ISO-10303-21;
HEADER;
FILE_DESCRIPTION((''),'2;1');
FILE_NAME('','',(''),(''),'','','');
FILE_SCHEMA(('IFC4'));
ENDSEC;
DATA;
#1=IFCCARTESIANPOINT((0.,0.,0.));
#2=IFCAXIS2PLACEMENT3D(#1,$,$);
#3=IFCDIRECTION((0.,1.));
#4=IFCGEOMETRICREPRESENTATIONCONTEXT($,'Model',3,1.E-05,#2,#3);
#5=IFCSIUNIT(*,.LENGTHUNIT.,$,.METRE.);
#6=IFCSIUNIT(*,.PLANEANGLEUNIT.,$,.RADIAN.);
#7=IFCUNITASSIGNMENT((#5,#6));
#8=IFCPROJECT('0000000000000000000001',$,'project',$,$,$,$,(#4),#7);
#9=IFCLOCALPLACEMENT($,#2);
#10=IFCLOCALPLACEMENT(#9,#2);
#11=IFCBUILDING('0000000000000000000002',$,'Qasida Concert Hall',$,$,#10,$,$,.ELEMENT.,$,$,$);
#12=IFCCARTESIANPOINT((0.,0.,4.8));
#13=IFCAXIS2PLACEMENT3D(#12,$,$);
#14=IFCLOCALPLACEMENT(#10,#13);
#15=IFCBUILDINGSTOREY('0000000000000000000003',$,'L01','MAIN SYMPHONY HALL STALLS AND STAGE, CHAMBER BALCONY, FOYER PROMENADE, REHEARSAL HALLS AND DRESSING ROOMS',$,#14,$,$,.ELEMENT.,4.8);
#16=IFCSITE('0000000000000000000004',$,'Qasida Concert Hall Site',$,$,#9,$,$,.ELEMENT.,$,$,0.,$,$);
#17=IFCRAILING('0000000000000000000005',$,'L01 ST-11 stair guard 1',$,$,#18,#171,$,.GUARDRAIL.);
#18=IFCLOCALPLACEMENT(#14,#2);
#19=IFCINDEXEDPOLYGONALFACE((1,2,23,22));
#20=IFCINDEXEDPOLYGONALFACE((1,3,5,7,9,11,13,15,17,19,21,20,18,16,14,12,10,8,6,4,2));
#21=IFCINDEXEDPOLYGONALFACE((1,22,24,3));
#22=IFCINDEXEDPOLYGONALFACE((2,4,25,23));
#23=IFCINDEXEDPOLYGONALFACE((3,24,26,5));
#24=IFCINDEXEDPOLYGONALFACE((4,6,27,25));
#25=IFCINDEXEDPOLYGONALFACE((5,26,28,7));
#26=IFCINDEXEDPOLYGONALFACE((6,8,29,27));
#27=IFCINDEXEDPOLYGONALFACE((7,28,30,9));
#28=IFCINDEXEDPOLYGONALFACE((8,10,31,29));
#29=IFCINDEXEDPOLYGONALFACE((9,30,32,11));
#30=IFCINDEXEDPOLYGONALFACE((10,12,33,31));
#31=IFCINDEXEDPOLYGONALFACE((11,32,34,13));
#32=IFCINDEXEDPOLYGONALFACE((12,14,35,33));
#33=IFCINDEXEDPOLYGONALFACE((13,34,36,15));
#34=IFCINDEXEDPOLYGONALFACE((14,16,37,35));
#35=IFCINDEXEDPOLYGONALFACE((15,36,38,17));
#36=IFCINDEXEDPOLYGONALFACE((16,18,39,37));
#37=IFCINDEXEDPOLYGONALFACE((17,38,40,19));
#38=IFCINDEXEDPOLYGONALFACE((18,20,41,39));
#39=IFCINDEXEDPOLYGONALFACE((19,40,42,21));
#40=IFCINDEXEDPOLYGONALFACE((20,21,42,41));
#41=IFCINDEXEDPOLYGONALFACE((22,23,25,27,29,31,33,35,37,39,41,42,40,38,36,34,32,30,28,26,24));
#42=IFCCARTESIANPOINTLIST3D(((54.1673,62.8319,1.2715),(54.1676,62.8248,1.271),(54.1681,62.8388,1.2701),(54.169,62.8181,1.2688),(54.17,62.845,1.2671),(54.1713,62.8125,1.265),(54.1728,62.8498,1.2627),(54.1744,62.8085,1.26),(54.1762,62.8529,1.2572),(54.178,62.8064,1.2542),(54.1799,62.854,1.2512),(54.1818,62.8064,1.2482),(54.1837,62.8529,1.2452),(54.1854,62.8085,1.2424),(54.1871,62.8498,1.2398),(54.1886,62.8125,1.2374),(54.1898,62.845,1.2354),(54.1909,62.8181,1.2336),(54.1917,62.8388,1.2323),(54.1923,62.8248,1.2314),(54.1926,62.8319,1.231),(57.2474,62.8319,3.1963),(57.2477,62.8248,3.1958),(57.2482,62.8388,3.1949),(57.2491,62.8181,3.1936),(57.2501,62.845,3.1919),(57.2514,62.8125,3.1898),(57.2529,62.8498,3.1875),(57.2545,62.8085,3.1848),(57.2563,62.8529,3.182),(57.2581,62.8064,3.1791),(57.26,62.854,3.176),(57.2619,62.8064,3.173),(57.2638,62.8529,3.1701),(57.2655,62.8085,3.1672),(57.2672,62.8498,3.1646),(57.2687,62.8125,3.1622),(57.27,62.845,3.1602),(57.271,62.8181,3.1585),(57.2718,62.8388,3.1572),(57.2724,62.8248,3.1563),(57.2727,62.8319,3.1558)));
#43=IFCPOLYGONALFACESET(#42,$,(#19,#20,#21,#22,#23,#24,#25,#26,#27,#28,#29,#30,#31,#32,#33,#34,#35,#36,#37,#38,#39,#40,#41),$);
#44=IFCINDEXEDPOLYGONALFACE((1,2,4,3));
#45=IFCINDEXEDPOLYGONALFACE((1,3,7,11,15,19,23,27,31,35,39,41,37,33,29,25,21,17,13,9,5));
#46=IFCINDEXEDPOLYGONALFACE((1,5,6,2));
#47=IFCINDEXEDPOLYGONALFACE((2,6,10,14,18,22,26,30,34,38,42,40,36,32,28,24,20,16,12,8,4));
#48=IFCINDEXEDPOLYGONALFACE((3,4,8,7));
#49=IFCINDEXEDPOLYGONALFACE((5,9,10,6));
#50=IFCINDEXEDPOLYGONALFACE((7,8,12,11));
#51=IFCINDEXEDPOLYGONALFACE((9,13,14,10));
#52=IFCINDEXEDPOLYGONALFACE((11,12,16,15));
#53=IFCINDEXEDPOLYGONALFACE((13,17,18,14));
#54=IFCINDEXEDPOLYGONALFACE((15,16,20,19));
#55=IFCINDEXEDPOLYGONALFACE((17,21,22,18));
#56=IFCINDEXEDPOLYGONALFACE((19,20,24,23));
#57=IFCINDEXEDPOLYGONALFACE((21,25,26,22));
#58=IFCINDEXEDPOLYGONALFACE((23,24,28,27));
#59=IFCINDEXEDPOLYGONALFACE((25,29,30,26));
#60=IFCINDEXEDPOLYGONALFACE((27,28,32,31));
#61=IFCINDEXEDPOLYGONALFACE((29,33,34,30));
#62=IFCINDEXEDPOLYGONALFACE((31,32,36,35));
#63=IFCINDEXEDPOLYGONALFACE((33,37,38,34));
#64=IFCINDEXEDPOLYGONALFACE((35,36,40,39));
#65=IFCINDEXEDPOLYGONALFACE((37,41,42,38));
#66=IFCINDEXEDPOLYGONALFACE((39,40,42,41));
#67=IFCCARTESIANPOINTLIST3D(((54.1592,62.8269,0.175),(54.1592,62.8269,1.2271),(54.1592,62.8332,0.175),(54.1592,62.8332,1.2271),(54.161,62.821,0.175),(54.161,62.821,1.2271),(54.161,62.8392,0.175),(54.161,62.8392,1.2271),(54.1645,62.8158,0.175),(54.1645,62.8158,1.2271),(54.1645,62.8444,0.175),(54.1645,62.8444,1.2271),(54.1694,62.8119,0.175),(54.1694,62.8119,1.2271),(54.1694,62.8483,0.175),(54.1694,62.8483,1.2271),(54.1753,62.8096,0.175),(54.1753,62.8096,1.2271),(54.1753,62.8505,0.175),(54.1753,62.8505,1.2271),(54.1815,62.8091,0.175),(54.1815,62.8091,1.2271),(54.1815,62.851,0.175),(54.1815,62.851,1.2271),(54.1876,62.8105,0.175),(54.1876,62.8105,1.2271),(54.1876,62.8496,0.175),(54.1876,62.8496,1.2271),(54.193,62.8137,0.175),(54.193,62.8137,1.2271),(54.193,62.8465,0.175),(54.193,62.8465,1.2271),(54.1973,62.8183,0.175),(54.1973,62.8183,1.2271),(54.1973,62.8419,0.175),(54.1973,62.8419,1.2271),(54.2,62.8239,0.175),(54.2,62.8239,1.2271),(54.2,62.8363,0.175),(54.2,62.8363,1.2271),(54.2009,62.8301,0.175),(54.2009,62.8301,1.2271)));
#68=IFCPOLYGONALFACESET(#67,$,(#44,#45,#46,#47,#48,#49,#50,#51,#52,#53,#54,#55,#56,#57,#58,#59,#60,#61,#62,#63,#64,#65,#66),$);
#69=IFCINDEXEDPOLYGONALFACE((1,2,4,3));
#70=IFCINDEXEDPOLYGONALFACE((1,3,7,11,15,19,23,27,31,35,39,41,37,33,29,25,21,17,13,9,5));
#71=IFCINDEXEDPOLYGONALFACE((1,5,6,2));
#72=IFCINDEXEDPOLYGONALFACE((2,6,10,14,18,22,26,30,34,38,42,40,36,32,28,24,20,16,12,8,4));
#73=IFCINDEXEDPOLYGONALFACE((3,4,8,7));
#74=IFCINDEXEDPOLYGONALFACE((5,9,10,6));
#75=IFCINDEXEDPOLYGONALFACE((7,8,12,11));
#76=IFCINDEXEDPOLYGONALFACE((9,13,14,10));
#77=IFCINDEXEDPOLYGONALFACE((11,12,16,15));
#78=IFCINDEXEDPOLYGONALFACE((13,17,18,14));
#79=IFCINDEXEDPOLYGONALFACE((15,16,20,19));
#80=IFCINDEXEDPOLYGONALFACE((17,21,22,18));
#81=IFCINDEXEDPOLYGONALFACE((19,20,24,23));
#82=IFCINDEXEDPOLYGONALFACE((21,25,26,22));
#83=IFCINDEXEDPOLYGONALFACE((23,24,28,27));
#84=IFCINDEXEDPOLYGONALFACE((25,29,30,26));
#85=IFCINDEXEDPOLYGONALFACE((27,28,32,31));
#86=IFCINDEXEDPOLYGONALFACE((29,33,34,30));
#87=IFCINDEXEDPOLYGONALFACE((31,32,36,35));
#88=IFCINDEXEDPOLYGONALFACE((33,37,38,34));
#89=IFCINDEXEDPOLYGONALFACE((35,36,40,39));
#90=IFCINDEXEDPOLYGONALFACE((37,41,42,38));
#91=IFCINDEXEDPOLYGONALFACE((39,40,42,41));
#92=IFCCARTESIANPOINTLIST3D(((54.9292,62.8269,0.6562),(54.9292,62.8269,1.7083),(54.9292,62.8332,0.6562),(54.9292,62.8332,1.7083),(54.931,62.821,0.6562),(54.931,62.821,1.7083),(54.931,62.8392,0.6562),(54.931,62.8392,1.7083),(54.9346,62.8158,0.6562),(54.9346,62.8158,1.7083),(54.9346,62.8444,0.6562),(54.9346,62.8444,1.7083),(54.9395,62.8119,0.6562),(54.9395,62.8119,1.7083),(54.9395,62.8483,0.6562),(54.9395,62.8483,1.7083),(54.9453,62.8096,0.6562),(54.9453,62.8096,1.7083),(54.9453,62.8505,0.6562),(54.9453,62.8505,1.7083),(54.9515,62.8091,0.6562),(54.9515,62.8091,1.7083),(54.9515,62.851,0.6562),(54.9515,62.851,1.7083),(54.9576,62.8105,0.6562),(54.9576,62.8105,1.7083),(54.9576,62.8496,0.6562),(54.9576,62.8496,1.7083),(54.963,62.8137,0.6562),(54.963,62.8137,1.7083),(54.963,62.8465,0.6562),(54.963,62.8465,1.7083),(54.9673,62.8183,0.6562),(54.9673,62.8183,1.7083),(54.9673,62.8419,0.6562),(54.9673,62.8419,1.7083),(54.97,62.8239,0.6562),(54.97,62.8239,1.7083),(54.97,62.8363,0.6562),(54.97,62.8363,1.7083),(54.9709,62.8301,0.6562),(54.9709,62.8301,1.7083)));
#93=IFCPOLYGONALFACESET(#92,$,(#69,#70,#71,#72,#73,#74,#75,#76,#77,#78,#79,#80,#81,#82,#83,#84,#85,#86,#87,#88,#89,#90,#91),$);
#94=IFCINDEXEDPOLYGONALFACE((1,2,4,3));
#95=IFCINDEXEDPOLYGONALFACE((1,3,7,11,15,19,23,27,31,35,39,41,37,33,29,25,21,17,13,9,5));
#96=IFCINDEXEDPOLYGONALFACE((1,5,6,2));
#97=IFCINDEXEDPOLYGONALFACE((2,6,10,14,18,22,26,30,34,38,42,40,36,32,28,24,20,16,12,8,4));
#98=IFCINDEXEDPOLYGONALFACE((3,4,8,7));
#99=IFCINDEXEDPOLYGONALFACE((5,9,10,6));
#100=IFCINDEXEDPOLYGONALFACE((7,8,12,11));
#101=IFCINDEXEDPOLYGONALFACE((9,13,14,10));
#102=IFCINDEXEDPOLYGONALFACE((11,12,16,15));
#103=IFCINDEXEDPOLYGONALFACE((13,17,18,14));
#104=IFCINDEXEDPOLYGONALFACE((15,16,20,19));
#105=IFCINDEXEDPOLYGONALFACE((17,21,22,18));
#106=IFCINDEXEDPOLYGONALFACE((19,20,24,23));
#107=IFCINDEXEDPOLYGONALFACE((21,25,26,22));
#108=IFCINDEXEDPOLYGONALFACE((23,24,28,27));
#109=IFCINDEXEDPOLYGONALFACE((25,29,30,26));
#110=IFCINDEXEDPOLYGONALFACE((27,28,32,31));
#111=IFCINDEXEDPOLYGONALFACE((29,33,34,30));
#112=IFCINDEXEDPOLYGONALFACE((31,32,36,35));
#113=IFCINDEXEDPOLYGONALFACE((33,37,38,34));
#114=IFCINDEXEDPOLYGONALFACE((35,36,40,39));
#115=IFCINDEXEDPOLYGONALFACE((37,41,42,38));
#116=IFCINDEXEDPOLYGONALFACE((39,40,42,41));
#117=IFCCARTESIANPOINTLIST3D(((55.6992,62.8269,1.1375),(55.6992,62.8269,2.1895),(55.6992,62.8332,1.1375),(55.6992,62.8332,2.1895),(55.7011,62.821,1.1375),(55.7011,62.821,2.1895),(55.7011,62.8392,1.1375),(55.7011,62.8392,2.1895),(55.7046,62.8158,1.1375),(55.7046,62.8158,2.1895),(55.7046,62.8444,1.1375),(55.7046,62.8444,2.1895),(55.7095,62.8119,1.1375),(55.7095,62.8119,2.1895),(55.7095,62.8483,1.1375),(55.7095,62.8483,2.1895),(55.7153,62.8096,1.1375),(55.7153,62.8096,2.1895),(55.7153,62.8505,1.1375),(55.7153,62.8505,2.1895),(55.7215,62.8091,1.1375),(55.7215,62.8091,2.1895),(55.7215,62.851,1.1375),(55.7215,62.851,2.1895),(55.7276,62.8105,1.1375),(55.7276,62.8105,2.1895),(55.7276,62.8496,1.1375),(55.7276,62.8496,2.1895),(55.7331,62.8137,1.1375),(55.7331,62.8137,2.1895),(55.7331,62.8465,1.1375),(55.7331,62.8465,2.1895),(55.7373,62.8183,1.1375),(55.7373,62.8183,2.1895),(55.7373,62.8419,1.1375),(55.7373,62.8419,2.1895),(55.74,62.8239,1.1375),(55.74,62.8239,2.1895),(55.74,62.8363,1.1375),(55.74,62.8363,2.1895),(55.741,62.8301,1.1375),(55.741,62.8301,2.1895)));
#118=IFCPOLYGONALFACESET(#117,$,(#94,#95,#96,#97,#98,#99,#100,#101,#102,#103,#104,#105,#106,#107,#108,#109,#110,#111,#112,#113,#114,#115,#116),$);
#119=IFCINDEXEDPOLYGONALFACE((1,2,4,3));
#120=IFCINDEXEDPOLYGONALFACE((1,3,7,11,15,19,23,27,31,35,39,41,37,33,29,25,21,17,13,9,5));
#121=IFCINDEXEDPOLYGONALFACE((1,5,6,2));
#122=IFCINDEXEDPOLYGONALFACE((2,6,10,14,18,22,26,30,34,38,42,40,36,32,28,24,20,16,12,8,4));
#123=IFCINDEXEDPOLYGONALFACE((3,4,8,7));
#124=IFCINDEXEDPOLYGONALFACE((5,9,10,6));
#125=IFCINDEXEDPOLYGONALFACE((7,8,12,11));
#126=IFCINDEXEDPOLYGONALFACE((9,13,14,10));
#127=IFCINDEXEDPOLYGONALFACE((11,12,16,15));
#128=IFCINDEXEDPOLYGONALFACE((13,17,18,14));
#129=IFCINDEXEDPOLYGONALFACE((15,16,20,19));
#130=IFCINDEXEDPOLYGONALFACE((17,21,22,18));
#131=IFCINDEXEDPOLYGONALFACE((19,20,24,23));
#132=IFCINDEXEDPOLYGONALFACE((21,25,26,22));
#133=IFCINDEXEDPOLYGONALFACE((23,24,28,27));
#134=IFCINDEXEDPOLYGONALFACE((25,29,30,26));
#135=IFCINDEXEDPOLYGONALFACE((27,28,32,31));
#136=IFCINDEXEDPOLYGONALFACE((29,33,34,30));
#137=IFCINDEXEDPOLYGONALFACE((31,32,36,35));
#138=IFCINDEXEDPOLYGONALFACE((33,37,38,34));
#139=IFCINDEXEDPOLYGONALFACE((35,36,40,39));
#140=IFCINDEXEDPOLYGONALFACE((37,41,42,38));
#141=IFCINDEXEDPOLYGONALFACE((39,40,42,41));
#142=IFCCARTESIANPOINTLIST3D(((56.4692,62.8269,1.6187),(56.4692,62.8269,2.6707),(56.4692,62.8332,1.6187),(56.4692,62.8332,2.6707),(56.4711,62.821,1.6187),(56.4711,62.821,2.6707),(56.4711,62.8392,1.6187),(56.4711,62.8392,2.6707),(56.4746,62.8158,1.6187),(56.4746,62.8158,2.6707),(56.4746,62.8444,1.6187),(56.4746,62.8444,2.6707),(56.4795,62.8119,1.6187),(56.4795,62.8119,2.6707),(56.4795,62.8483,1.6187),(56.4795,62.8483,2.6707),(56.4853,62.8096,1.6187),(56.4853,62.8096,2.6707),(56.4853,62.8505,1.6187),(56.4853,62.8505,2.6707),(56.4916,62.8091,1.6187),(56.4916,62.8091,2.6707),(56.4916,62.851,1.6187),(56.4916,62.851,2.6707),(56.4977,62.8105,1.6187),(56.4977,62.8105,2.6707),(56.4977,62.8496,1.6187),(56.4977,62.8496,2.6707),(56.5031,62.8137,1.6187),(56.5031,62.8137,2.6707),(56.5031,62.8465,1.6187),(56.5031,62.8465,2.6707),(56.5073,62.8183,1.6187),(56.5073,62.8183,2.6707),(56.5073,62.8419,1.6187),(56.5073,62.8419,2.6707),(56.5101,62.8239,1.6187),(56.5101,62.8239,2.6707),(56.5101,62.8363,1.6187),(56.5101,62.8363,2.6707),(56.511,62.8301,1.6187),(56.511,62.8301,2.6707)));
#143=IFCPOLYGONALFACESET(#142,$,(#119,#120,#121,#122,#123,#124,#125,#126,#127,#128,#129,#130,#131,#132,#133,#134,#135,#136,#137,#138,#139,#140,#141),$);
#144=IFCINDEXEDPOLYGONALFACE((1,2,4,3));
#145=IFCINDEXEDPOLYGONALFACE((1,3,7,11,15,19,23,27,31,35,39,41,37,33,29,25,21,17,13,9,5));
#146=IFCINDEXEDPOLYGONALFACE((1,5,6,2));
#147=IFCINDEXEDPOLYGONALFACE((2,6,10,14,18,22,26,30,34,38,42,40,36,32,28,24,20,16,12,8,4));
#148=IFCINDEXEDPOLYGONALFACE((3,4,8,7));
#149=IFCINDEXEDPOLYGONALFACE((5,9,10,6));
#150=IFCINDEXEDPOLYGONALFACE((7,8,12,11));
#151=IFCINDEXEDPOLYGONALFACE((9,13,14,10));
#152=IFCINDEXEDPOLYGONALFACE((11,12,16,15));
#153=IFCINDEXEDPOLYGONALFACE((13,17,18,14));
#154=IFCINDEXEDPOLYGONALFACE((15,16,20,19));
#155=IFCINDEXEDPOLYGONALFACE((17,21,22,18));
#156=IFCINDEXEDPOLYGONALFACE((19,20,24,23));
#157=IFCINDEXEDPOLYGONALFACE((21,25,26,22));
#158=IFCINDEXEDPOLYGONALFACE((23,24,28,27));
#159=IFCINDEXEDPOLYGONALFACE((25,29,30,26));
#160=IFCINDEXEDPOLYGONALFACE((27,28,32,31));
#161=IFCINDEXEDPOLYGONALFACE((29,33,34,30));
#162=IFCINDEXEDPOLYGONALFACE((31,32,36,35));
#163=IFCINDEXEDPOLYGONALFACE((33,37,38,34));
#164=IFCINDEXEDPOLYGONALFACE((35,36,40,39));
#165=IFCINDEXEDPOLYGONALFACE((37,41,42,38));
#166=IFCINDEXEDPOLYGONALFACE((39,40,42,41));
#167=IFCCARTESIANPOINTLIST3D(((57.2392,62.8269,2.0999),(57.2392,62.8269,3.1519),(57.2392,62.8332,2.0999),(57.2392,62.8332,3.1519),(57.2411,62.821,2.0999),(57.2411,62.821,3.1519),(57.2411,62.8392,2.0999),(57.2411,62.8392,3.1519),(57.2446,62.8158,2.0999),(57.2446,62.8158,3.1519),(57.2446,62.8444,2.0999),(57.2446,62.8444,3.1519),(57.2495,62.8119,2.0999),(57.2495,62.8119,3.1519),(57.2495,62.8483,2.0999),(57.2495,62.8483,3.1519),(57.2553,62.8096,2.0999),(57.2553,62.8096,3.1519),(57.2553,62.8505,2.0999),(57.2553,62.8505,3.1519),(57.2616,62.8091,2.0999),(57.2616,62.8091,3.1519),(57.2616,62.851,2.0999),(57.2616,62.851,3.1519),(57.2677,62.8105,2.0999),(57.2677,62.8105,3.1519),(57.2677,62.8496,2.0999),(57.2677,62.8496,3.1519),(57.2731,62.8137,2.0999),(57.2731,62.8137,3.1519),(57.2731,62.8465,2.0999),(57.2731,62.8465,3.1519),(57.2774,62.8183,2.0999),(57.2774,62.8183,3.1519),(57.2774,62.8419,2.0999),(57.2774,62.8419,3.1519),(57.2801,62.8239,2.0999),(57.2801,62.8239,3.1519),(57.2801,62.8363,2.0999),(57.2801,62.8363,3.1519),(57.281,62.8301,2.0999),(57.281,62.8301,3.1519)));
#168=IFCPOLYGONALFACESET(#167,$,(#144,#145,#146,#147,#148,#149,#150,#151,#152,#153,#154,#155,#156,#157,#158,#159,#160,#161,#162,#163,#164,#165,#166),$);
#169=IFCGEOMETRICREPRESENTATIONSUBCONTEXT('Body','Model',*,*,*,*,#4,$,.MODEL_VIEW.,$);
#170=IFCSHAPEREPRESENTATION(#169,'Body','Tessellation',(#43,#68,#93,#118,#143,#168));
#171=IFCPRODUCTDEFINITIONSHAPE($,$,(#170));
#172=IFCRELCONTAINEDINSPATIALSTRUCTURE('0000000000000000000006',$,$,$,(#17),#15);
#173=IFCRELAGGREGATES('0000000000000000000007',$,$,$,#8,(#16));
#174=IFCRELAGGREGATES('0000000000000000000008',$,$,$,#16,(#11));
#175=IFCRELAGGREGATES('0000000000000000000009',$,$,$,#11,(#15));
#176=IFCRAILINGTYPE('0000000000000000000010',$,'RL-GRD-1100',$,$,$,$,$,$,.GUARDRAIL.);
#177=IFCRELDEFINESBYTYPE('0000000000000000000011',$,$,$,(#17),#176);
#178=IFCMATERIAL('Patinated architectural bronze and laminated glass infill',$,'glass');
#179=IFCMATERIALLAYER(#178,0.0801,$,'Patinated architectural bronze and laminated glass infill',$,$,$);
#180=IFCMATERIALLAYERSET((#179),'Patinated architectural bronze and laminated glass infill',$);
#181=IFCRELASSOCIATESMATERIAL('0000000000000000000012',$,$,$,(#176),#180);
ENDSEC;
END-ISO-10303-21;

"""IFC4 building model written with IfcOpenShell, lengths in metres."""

from ifc_helpers import new_model, si_unit, direction, frame, origin, origin_2d, place, context, subcontext, project, spatial, circle, extrude, material, layer, layer_set, type_object, element, save


model = new_model("IFC4")

# Units and contexts
model_context = context("Model", 3, precision=1e-05, world=origin(), true_north=direction((0.0, 1.0)))
body_context = subcontext(model_context, "Body", "Model", "MODEL_VIEW")
ifc_project = project(units=[si_unit("LENGTHUNIT", "METRE"), si_unit("PLANEANGLEUNIT", "RADIAN")], contexts=[model_context])

# Site, building, storey
site_placement = place(None, origin())
site = spatial("IfcSite", under=ifc_project, at=site_placement, Name="Qasida Concert Hall Site", CompositionType="ELEMENT", RefElevation=0.0)
building_placement = place(site_placement, origin())
building = spatial("IfcBuilding", under=site, at=building_placement, Name="Qasida Concert Hall", CompositionType="ELEMENT")
storey_placement = place(building_placement, frame((0.0, 0.0, 4.8)))
storey = spatial("IfcBuildingStorey", under=building, at=storey_placement, Name="L01", Description="MAIN SYMPHONY HALL STALLS AND STAGE, CHAMBER BALCONY, FOYER PROMENADE, REHEARSAL HALLS AND DRESSING ROOMS", CompositionType="ELEMENT", Elevation=4.8)

# Railing
ifc_material_1 = material(Name="Patinated architectural bronze and laminated glass infill", Category="glass")
ifc_layer_1 = layer(ifc_material_1, 0.0801, Name="Patinated architectural bronze and laminated glass infill")
ifc_layer_set_1 = layer_set([ifc_layer_1], Name="Patinated architectural bronze and laminated glass infill")
railing_type_1 = type_object("IfcRailingType", Name="RL-GRD-1100", PredefinedType="GUARDRAIL", material=ifc_layer_set_1)
railing_1_placement = place(storey_placement, frame((54.1799, 62.8301, 0.175)))
element("IfcRailing", 1, at=railing_1_placement, inside=storey, type_object=railing_type_1, Name="L01 ST-11 stair guard 1", PredefinedType="GUARDRAIL", context=body_context, shape_type="SweptSolid", body=[
    extrude(circle(Radius=0.0239, at=origin_2d()), frame((0.0, 0.0, 1.0762), z_axis=(0.848029, 0.0, 0.529951), x_axis=(0.0, 1.0, 0.0)), (0.0, 0.0, 1.0), 3.6321),
    extrude(circle(Radius=0.021, at=origin_2d()), origin(), (0.0, 0.0, 1.0), 1.052),
    extrude(circle(Radius=0.021, at=origin_2d()), frame((0.77, 0.0, 0.4812)), (0.0, 0.0, 1.0), 1.052),
    extrude(circle(Radius=0.021, at=origin_2d()), frame((1.54, 0.0, 0.9624)), (0.0, 0.0, 1.0), 1.052),
    extrude(circle(Radius=0.021, at=origin_2d()), frame((2.3101, 0.0, 1.4436)), (0.0, 0.0, 1.0), 1.052),
    extrude(circle(Radius=0.021, at=origin_2d()), frame((3.0801, 0.0, 1.9248)), (0.0, 0.0, 1.0), 1.052),
])

save(model, "model.ifc")
